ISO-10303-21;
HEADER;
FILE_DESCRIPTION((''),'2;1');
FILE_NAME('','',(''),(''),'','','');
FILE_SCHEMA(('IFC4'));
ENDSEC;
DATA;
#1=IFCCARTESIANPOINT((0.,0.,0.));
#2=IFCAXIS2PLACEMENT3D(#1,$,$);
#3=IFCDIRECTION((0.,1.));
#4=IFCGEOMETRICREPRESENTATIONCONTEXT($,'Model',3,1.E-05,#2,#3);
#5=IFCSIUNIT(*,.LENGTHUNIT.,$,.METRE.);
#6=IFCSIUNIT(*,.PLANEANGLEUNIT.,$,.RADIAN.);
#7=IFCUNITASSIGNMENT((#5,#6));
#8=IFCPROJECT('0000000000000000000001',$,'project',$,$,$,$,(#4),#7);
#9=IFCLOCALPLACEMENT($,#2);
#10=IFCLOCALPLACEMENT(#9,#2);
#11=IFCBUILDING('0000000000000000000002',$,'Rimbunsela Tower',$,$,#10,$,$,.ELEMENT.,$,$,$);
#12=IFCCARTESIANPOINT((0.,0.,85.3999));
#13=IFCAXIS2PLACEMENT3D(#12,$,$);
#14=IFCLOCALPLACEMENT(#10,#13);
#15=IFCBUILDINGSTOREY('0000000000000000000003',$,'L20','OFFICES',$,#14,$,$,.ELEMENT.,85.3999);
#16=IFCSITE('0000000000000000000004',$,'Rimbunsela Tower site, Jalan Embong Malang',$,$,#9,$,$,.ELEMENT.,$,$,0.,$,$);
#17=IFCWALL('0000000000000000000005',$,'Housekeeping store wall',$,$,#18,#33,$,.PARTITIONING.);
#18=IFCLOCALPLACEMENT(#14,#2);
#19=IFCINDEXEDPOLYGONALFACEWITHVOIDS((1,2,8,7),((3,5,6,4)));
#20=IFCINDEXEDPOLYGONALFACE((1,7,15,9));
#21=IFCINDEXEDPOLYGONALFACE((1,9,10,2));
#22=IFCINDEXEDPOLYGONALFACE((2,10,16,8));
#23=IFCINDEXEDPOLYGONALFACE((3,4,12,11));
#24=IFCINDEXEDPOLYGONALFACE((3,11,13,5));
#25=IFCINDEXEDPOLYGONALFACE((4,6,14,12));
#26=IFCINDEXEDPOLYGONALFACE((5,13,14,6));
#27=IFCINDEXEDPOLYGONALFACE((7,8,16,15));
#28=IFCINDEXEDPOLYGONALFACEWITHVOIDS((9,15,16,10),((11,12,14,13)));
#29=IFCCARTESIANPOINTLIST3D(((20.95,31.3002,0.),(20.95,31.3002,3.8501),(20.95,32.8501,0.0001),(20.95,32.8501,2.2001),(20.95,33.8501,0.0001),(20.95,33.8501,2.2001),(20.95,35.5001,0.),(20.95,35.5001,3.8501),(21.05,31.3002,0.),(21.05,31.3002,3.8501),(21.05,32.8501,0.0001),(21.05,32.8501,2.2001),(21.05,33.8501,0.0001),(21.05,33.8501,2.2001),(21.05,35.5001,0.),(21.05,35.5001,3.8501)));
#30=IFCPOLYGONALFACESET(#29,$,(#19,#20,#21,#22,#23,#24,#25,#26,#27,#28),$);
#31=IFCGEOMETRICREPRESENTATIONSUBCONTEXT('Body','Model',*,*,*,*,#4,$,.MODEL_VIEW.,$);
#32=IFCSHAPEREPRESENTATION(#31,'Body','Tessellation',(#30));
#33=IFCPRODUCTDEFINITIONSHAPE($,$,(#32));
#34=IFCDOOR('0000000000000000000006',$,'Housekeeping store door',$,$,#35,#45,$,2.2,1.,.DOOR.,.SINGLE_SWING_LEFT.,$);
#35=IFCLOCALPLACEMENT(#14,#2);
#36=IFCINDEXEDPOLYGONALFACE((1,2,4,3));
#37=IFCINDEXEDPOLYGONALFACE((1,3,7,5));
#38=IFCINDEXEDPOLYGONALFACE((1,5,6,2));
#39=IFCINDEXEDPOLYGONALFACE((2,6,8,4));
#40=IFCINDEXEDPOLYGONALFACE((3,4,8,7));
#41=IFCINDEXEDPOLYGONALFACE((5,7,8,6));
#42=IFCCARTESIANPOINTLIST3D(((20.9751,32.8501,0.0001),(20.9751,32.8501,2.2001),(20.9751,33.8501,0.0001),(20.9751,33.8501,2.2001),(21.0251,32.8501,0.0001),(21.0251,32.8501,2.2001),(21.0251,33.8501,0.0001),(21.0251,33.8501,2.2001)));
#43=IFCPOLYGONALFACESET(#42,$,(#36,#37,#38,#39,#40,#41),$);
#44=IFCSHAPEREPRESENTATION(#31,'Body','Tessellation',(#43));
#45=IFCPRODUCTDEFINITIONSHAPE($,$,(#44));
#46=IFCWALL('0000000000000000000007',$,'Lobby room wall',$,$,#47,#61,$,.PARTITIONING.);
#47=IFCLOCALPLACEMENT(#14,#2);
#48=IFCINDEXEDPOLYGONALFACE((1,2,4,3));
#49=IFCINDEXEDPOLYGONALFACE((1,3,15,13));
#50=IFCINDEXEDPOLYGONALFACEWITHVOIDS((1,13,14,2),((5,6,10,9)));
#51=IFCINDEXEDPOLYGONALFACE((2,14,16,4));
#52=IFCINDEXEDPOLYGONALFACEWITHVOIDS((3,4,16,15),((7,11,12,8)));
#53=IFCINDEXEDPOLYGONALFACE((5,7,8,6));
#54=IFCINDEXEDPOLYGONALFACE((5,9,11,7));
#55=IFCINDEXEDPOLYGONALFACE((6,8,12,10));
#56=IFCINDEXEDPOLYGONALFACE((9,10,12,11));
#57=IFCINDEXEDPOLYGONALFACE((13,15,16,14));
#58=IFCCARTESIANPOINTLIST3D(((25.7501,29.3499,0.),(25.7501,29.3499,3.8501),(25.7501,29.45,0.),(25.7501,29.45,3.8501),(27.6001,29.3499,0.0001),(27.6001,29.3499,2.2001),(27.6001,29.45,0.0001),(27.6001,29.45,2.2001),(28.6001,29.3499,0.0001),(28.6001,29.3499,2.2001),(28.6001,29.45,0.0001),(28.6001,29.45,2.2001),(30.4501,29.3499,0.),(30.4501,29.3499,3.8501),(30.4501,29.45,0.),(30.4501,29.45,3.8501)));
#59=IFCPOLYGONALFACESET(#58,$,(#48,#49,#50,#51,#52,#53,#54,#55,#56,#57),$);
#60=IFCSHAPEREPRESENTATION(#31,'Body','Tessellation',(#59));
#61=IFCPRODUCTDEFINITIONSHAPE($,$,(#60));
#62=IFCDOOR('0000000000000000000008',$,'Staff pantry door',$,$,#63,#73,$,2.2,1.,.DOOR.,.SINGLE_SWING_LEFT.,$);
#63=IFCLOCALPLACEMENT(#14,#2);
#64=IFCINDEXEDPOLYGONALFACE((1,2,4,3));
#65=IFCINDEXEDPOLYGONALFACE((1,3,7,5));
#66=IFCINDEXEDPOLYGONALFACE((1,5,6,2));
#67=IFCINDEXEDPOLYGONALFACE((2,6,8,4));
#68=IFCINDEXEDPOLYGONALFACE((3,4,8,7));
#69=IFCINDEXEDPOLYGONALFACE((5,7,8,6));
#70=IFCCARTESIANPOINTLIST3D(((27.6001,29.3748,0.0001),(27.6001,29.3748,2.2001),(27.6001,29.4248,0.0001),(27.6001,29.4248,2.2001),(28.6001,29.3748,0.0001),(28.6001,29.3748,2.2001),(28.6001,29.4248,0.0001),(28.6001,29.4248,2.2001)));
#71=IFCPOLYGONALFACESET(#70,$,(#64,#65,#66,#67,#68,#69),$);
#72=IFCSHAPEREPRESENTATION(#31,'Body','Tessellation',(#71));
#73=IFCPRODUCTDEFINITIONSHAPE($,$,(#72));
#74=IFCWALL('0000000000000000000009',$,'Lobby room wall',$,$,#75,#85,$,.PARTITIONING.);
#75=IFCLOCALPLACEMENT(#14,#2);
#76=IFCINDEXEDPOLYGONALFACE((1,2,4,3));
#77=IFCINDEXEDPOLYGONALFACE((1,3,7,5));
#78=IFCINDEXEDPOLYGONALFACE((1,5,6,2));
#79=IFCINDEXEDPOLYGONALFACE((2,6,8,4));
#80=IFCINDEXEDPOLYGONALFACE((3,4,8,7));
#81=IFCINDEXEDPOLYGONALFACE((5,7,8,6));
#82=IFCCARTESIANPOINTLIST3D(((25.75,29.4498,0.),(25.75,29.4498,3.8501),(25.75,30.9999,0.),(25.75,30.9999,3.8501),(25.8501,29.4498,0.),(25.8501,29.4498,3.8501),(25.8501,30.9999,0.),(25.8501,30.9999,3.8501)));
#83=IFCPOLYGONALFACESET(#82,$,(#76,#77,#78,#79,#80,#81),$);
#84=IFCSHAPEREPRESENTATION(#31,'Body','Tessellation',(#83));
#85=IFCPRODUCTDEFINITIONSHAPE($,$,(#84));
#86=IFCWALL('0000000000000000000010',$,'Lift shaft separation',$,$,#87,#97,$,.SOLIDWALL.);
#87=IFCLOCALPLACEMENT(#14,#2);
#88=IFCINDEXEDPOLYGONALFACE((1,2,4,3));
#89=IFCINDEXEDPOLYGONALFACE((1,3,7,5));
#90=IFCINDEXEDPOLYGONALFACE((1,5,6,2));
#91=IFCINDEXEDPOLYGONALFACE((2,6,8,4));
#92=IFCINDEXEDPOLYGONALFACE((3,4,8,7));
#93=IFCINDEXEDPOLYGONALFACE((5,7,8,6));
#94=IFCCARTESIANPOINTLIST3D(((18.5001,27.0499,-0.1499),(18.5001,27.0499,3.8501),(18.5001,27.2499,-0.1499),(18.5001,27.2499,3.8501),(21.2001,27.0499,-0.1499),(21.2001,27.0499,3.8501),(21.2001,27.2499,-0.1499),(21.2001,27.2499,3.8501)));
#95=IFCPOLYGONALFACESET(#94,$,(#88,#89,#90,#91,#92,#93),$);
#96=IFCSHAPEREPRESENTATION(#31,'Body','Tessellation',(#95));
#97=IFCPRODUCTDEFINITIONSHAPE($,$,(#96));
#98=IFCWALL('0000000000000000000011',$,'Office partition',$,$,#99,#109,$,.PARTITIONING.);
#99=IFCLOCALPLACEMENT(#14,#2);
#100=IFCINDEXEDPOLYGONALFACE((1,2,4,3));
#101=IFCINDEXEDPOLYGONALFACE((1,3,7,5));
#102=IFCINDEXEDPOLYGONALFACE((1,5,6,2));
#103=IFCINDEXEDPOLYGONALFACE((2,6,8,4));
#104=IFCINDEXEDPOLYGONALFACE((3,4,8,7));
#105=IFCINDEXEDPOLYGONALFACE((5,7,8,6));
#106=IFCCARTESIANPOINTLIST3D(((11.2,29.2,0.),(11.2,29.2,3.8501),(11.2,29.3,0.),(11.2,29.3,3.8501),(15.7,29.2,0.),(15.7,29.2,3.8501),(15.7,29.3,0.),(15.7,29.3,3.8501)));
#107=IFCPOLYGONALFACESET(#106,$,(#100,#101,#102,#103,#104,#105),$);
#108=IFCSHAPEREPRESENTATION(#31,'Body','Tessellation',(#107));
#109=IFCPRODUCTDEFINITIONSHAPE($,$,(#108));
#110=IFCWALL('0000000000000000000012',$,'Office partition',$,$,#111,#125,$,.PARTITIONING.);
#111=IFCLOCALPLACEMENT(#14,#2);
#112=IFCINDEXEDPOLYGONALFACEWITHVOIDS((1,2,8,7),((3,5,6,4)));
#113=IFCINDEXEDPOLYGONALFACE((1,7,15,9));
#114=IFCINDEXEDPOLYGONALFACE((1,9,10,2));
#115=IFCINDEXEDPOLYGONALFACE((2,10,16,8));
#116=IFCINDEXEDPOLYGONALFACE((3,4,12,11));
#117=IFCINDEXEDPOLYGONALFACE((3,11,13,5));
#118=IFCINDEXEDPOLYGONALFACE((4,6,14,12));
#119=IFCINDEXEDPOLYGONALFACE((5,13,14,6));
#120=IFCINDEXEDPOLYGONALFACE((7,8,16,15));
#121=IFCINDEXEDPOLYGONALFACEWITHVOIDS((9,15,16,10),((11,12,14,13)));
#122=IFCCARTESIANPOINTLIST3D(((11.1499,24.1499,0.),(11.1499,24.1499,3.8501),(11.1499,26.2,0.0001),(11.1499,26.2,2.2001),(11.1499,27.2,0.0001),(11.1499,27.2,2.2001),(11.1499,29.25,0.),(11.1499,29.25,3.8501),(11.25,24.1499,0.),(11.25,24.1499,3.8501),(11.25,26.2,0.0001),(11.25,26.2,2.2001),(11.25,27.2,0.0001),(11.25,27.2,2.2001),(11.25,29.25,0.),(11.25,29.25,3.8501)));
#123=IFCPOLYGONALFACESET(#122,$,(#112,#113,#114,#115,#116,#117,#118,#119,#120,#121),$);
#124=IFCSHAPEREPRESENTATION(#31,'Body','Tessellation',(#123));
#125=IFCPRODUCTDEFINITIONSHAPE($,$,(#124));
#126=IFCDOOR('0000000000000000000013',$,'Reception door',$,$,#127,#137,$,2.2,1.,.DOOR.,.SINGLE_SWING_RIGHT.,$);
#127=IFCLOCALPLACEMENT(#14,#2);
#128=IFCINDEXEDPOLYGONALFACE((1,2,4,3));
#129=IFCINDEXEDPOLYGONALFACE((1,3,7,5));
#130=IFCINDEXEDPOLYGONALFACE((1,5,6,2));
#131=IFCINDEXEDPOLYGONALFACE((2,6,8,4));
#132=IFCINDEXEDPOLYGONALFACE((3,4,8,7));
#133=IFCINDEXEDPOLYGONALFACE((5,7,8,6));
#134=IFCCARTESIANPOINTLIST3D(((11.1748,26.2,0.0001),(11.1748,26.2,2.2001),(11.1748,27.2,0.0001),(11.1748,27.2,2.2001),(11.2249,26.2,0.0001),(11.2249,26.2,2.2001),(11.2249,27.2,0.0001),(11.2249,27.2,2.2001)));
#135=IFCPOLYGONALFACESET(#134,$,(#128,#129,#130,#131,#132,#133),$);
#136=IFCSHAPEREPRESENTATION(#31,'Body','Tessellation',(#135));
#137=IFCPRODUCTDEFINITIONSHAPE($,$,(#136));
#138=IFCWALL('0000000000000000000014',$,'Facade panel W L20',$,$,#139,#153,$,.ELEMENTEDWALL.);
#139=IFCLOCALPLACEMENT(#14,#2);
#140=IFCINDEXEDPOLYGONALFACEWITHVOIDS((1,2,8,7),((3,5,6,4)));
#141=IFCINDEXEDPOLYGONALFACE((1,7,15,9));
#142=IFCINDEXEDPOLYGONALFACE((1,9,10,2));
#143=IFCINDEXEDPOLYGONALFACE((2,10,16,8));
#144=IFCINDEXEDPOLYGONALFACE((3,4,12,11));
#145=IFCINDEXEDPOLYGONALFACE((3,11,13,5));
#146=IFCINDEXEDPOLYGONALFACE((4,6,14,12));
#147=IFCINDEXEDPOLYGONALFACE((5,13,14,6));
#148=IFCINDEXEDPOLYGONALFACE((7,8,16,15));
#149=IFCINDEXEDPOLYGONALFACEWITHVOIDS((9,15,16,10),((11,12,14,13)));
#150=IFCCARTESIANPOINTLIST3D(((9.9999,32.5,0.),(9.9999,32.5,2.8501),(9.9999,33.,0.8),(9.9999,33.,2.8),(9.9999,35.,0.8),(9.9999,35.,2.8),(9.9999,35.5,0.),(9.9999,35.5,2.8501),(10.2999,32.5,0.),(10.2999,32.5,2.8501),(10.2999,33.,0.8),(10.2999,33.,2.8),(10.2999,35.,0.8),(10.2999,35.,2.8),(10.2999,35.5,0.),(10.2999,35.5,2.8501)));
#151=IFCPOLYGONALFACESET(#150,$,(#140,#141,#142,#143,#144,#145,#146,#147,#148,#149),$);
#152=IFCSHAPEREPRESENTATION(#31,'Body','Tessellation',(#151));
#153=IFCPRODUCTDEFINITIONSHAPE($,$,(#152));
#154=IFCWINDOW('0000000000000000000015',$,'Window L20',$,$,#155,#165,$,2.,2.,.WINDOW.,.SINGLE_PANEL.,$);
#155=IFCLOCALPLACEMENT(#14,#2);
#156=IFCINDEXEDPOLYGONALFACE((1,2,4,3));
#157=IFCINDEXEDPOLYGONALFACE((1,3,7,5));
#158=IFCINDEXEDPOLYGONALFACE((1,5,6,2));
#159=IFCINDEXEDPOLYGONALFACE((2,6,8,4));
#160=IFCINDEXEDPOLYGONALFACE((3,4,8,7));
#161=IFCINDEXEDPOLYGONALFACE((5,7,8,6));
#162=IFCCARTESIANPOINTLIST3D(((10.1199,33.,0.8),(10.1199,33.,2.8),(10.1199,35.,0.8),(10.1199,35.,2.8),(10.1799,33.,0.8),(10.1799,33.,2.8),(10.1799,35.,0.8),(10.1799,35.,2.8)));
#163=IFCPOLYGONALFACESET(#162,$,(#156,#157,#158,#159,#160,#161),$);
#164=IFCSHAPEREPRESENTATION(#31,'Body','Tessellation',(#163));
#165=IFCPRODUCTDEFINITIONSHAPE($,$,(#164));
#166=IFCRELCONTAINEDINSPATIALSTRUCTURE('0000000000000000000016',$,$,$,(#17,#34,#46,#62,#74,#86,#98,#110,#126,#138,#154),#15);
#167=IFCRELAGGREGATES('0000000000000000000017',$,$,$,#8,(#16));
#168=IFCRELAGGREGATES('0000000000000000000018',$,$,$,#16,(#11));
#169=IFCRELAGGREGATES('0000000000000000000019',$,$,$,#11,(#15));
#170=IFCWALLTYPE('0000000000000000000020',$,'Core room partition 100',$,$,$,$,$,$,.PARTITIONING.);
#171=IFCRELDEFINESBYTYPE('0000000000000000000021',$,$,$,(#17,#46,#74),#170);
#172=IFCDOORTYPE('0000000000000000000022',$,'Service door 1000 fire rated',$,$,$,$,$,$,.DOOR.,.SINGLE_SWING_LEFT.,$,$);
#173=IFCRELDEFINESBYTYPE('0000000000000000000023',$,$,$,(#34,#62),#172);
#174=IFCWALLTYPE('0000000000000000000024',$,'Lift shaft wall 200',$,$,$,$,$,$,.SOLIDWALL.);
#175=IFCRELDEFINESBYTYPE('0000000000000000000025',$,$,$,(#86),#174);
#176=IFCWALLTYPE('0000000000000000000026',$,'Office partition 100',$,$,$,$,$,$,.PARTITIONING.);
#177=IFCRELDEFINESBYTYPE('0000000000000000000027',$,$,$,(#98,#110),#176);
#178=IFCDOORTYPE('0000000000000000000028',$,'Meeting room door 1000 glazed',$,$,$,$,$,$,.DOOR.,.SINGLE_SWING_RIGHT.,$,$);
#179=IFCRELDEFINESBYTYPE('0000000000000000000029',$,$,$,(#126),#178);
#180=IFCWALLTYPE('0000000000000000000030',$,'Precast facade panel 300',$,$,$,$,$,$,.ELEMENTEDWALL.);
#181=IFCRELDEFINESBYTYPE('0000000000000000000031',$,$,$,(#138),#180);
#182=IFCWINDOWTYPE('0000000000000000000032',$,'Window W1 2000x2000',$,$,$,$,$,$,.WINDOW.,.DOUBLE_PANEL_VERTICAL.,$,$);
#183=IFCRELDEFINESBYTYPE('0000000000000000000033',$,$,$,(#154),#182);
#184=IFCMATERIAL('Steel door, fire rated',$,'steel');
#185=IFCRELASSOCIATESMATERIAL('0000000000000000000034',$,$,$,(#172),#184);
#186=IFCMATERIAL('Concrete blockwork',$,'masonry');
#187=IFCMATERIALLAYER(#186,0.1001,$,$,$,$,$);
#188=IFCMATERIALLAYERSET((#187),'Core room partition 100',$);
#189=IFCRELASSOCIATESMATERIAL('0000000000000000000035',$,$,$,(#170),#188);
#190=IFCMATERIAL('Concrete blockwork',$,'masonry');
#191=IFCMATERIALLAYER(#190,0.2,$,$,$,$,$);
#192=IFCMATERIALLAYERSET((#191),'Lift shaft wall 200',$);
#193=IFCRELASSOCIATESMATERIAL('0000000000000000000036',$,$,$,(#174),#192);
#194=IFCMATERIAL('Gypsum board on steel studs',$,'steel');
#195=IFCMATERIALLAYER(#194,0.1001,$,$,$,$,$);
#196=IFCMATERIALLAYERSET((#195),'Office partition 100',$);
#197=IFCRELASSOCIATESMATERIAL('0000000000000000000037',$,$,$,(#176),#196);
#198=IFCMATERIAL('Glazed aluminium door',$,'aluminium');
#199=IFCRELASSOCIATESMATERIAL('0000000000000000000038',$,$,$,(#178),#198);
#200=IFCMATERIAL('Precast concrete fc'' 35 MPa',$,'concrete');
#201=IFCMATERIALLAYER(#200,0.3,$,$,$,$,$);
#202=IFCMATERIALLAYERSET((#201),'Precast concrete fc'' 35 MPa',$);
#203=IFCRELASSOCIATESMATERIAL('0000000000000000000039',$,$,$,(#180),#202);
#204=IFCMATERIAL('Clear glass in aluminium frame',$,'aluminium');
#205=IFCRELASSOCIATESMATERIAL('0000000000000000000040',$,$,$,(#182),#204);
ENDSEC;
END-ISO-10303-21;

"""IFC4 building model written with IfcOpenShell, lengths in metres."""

from ifc_helpers import new_model, si_unit, direction, frame, frame_2d, origin, place, context, subcontext, project, spatial, rectangle, extrude, material, layer, layer_set, type_object, element, fill, save


model = new_model("IFC4")

# Units and contexts
model_context = context("Model", 3, precision=1e-05, world=origin(), true_north=direction((0.0, 1.0)))
body_context = subcontext(model_context, "Body", "Model", "MODEL_VIEW")
ifc_project = project(units=[si_unit("LENGTHUNIT", "METRE"), si_unit("PLANEANGLEUNIT", "RADIAN")], contexts=[model_context])

# Site, building, storey
site_placement = place(None, origin())
site = spatial("IfcSite", under=ifc_project, at=site_placement, Name="Rimbunsela Tower site, Jalan Embong Malang", CompositionType="ELEMENT", RefElevation=0.0)
building_placement = place(site_placement, origin())
building = spatial("IfcBuilding", under=site, at=building_placement, Name="Rimbunsela Tower", CompositionType="ELEMENT")
storey_placement = place(building_placement, frame((0.0, 0.0, 85.3999)))
storey = spatial("IfcBuildingStorey", under=building, at=storey_placement, Name="L20", Description="OFFICES", CompositionType="ELEMENT", Elevation=85.3999)

# Shared definitions
ifc_material_1 = material(Name="Steel door, fire rated", Category="steel")
door_type_1 = type_object("IfcDoorType", Name="Service door 1000 fire rated", OperationType="SINGLE_SWING_LEFT", PredefinedType="DOOR", material=ifc_material_1)

# Walls, openings, doors
ifc_material_2 = material(Name="Concrete blockwork", Category="masonry")
ifc_layer_1 = layer(ifc_material_2, 0.1001)
ifc_layer_set_1 = layer_set([ifc_layer_1], Name="Core room partition 100")
wall_type_1 = type_object("IfcWallType", Name="Core room partition 100", PredefinedType="PARTITIONING", material=ifc_layer_set_1)
wall_1_placement = place(storey_placement, frame((21.0, 31.3, 0.0), z_axis=(0.0, 0.0, 1.0), x_axis=(0.0, 1.0, 0.0)))
wall_1 = element("IfcWall", 1, at=wall_1_placement, inside=storey, type_object=wall_type_1, Name="Housekeeping store wall", PredefinedType="PARTITIONING", context=body_context, shape_type="SweptSolid", body=[
    extrude(rectangle(XDim=4.2, YDim=0.1001, at=frame_2d((2.1001, 0.0))), origin(), (0.0, 0.0, 1.0), 3.8501),
])
opening_1_placement = place(wall_1_placement, frame((1.55, 0.0, 0.0)))
opening_1 = element("IfcOpeningElement", 2, at=opening_1_placement, cuts=wall_1, PredefinedType="OPENING", context=body_context, shape_type="SweptSolid", body=[
    extrude(rectangle(XDim=1.0, YDim=2.2, at=frame_2d((0.5, 1.1001))), frame((0.0, 0.0601, 0.0), z_axis=(0.0, -1.0, 0.0), x_axis=(1.0, 0.0, 0.0)), (0.0, 0.0, 1.0), 0.1201),
])
door_1_placement = place(opening_1_placement, origin())
door_1 = element("IfcDoor", 3, at=door_1_placement, inside=storey, type_object=door_type_1, Name="Housekeeping store door", OperationType="SINGLE_SWING_LEFT", OverallHeight=2.2, OverallWidth=1.0, PredefinedType="DOOR", context=body_context, shape_type="SweptSolid", body=[
    extrude(rectangle(XDim=1.0, YDim=2.2, at=frame_2d((0.5, 1.1001))), frame((0.0, 0.0249, 0.0), z_axis=(0.0, -1.0, 0.0), x_axis=(1.0, 0.0, 0.0)), (0.0, 0.0, 1.0), 0.05),
])
fill(opening_1, door_1)
wall_2_placement = place(storey_placement, frame((25.75, 29.3999, 0.0), z_axis=(0.0, 0.0, 1.0), x_axis=(1.0, 0.0, 0.0)))
wall_2 = element("IfcWall", 4, at=wall_2_placement, inside=storey, type_object=wall_type_1, Name="Lobby room wall", PredefinedType="PARTITIONING", context=body_context, shape_type="SweptSolid", body=[
    extrude(rectangle(XDim=4.7, YDim=0.1001, at=frame_2d((2.3501, 0.0))), origin(), (0.0, 0.0, 1.0), 3.8501),
])
opening_2_placement = place(wall_2_placement, frame((1.8501, 0.0, 0.0)))
opening_2 = element("IfcOpeningElement", 5, at=opening_2_placement, cuts=wall_2, PredefinedType="OPENING", context=body_context, shape_type="SweptSolid", body=[
    extrude(rectangle(XDim=1.0, YDim=2.2, at=frame_2d((0.5, 1.1001))), frame((0.0, 0.0601, 0.0), z_axis=(0.0, -1.0, 0.0), x_axis=(1.0, 0.0, 0.0)), (0.0, 0.0, 1.0), 0.1201),
])
door_2_placement = place(opening_2_placement, origin())
door_2 = element("IfcDoor", 6, at=door_2_placement, inside=storey, type_object=door_type_1, Name="Staff pantry door", OperationType="SINGLE_SWING_LEFT", OverallHeight=2.2, OverallWidth=1.0, PredefinedType="DOOR", context=body_context, shape_type="SweptSolid", body=[
    extrude(rectangle(XDim=1.0, YDim=2.2, at=frame_2d((0.5, 1.1001))), frame((0.0, 0.0249, 0.0), z_axis=(0.0, -1.0, 0.0), x_axis=(1.0, 0.0, 0.0)), (0.0, 0.0, 1.0), 0.05),
])
fill(opening_2, door_2)

# Walls
wall_3_placement = place(storey_placement, frame((25.8, 29.45, 0.0), z_axis=(0.0, 0.0, 1.0), x_axis=(0.0, 1.0, 0.0)))
element("IfcWall", 7, at=wall_3_placement, inside=storey, type_object=wall_type_1, Name="Lobby room wall", PredefinedType="PARTITIONING", context=body_context, shape_type="SweptSolid", body=[
    extrude(rectangle(XDim=1.55, YDim=0.1001, at=frame_2d((0.7749, 0.0))), origin(), (0.0, 0.0, 1.0), 3.8501),
])
ifc_material_3 = material(Name="Concrete blockwork", Category="masonry")
ifc_layer_2 = layer(ifc_material_3, 0.2)
ifc_layer_set_2 = layer_set([ifc_layer_2], Name="Lift shaft wall 200")
wall_type_2 = type_object("IfcWallType", Name="Lift shaft wall 200", PredefinedType="SOLIDWALL", material=ifc_layer_set_2)
wall_4_placement = place(storey_placement, frame((18.5, 27.1499, -0.1499), z_axis=(0.0, 0.0, 1.0), x_axis=(1.0, 0.0, 0.0)))
element("IfcWall", 8, at=wall_4_placement, inside=storey, type_object=wall_type_2, Name="Lift shaft separation", PredefinedType="SOLIDWALL", context=body_context, shape_type="SweptSolid", body=[
    extrude(rectangle(XDim=2.7, YDim=0.2, at=frame_2d((1.3501, 0.0))), origin(), (0.0, 0.0, 1.0), 4.0),
])
ifc_material_4 = material(Name="Gypsum board on steel studs", Category="steel")
ifc_layer_3 = layer(ifc_material_4, 0.1001)
ifc_layer_set_3 = layer_set([ifc_layer_3], Name="Office partition 100")
wall_type_3 = type_object("IfcWallType", Name="Office partition 100", PredefinedType="PARTITIONING", material=ifc_layer_set_3)
wall_5_placement = place(storey_placement, frame((15.7, 29.25, 0.0), z_axis=(0.0, 0.0, 1.0), x_axis=(-1.0, 0.0, 0.0)))
element("IfcWall", 9, at=wall_5_placement, inside=storey, type_object=wall_type_3, Name="Office partition", PredefinedType="PARTITIONING", context=body_context, shape_type="SweptSolid", body=[
    extrude(rectangle(XDim=4.5, YDim=0.1001, at=frame_2d((2.25, 0.0))), origin(), (0.0, 0.0, 1.0), 3.8501),
])

# Wall, opening, door
wall_6_placement = place(storey_placement, frame((11.2, 29.25, 0.0), z_axis=(0.0, 0.0, 1.0), x_axis=(0.0, -1.0, 0.0)))
wall_6 = element("IfcWall", 10, at=wall_6_placement, inside=storey, type_object=wall_type_3, Name="Office partition", PredefinedType="PARTITIONING", context=body_context, shape_type="SweptSolid", body=[
    extrude(rectangle(XDim=5.1001, YDim=0.1001, at=frame_2d((2.55, 0.0))), origin(), (0.0, 0.0, 1.0), 3.8501),
])
opening_3_placement = place(wall_6_placement, frame((2.05, 0.0, 0.0)))
opening_3 = element("IfcOpeningElement", 11, at=opening_3_placement, cuts=wall_6, PredefinedType="OPENING", context=body_context, shape_type="SweptSolid", body=[
    extrude(rectangle(XDim=1.0, YDim=2.2, at=frame_2d((0.5, 1.1001))), frame((0.0, 0.0601, 0.0), z_axis=(0.0, -1.0, 0.0), x_axis=(1.0, 0.0, 0.0)), (0.0, 0.0, 1.0), 0.1201),
])
ifc_material_5 = material(Name="Glazed aluminium door", Category="aluminium")
door_type_2 = type_object("IfcDoorType", Name="Meeting room door 1000 glazed", OperationType="SINGLE_SWING_RIGHT", PredefinedType="DOOR", material=ifc_material_5)
door_3_placement = place(opening_3_placement, origin())
door_3 = element("IfcDoor", 12, at=door_3_placement, inside=storey, type_object=door_type_2, Name="Reception door", OperationType="SINGLE_SWING_RIGHT", OverallHeight=2.2, OverallWidth=1.0, PredefinedType="DOOR", context=body_context, shape_type="SweptSolid", body=[
    extrude(rectangle(XDim=1.0, YDim=2.2, at=frame_2d((0.5, 1.1001))), frame((0.0, 0.0249, 0.0), z_axis=(0.0, -1.0, 0.0), x_axis=(1.0, 0.0, 0.0)), (0.0, 0.0, 1.0), 0.05),
])
fill(opening_3, door_3)

# Wall, opening, window
ifc_material_6 = material(Name="Precast concrete fc' 35 MPa", Category="concrete")
ifc_layer_4 = layer(ifc_material_6, 0.3)
ifc_layer_set_4 = layer_set([ifc_layer_4], Name="Precast concrete fc' 35 MPa")
wall_type_4 = type_object("IfcWallType", Name="Precast facade panel 300", PredefinedType="ELEMENTEDWALL", material=ifc_layer_set_4)
wall_7_placement = place(storey_placement, frame((10.1499, 35.5, 0.0), z_axis=(0.0, 0.0, 1.0), x_axis=(0.0, -1.0, 0.0)))
wall_7 = element("IfcWall", 13, at=wall_7_placement, inside=storey, type_object=wall_type_4, Name="Facade panel W L20", PredefinedType="ELEMENTEDWALL", context=body_context, shape_type="SweptSolid", body=[
    extrude(rectangle(XDim=3.0, YDim=0.3, at=frame_2d((1.5, 0.0))), origin(), (0.0, 0.0, 1.0), 2.8501),
])
opening_4_placement = place(wall_7_placement, frame((0.5, 0.0, 0.8)))
opening_4 = element("IfcOpeningElement", 14, at=opening_4_placement, cuts=wall_7, PredefinedType="OPENING", context=body_context, shape_type="SweptSolid", body=[
    extrude(rectangle(XDim=2.0, YDim=2.0, at=frame_2d((1.0, 1.0))), frame((0.0, 0.1599, 0.0), z_axis=(0.0, -1.0, 0.0), x_axis=(1.0, 0.0, 0.0)), (0.0, 0.0, 1.0), 0.3201),
])
ifc_material_7 = material(Name="Clear glass in aluminium frame", Category="aluminium")
window_type = type_object("IfcWindowType", Name="Window W1 2000x2000", PartitioningType="DOUBLE_PANEL_VERTICAL", PredefinedType="WINDOW", material=ifc_material_7)
window_placement = place(opening_4_placement, origin())
window = element("IfcWindow", 15, at=window_placement, inside=storey, type_object=window_type, Name="Window L20", OverallHeight=2.0, OverallWidth=2.0, PartitioningType="SINGLE_PANEL", PredefinedType="WINDOW", context=body_context, shape_type="SweptSolid", body=[
    extrude(rectangle(XDim=2.0, YDim=2.0, at=frame_2d((1.0, 1.0))), frame((0.0, 0.03, 0.0), z_axis=(0.0, -1.0, 0.0), x_axis=(1.0, 0.0, 0.0)), (0.0, 0.0, 1.0), 0.0601),
])
fill(opening_4, window)

save(model, "model.ifc")
